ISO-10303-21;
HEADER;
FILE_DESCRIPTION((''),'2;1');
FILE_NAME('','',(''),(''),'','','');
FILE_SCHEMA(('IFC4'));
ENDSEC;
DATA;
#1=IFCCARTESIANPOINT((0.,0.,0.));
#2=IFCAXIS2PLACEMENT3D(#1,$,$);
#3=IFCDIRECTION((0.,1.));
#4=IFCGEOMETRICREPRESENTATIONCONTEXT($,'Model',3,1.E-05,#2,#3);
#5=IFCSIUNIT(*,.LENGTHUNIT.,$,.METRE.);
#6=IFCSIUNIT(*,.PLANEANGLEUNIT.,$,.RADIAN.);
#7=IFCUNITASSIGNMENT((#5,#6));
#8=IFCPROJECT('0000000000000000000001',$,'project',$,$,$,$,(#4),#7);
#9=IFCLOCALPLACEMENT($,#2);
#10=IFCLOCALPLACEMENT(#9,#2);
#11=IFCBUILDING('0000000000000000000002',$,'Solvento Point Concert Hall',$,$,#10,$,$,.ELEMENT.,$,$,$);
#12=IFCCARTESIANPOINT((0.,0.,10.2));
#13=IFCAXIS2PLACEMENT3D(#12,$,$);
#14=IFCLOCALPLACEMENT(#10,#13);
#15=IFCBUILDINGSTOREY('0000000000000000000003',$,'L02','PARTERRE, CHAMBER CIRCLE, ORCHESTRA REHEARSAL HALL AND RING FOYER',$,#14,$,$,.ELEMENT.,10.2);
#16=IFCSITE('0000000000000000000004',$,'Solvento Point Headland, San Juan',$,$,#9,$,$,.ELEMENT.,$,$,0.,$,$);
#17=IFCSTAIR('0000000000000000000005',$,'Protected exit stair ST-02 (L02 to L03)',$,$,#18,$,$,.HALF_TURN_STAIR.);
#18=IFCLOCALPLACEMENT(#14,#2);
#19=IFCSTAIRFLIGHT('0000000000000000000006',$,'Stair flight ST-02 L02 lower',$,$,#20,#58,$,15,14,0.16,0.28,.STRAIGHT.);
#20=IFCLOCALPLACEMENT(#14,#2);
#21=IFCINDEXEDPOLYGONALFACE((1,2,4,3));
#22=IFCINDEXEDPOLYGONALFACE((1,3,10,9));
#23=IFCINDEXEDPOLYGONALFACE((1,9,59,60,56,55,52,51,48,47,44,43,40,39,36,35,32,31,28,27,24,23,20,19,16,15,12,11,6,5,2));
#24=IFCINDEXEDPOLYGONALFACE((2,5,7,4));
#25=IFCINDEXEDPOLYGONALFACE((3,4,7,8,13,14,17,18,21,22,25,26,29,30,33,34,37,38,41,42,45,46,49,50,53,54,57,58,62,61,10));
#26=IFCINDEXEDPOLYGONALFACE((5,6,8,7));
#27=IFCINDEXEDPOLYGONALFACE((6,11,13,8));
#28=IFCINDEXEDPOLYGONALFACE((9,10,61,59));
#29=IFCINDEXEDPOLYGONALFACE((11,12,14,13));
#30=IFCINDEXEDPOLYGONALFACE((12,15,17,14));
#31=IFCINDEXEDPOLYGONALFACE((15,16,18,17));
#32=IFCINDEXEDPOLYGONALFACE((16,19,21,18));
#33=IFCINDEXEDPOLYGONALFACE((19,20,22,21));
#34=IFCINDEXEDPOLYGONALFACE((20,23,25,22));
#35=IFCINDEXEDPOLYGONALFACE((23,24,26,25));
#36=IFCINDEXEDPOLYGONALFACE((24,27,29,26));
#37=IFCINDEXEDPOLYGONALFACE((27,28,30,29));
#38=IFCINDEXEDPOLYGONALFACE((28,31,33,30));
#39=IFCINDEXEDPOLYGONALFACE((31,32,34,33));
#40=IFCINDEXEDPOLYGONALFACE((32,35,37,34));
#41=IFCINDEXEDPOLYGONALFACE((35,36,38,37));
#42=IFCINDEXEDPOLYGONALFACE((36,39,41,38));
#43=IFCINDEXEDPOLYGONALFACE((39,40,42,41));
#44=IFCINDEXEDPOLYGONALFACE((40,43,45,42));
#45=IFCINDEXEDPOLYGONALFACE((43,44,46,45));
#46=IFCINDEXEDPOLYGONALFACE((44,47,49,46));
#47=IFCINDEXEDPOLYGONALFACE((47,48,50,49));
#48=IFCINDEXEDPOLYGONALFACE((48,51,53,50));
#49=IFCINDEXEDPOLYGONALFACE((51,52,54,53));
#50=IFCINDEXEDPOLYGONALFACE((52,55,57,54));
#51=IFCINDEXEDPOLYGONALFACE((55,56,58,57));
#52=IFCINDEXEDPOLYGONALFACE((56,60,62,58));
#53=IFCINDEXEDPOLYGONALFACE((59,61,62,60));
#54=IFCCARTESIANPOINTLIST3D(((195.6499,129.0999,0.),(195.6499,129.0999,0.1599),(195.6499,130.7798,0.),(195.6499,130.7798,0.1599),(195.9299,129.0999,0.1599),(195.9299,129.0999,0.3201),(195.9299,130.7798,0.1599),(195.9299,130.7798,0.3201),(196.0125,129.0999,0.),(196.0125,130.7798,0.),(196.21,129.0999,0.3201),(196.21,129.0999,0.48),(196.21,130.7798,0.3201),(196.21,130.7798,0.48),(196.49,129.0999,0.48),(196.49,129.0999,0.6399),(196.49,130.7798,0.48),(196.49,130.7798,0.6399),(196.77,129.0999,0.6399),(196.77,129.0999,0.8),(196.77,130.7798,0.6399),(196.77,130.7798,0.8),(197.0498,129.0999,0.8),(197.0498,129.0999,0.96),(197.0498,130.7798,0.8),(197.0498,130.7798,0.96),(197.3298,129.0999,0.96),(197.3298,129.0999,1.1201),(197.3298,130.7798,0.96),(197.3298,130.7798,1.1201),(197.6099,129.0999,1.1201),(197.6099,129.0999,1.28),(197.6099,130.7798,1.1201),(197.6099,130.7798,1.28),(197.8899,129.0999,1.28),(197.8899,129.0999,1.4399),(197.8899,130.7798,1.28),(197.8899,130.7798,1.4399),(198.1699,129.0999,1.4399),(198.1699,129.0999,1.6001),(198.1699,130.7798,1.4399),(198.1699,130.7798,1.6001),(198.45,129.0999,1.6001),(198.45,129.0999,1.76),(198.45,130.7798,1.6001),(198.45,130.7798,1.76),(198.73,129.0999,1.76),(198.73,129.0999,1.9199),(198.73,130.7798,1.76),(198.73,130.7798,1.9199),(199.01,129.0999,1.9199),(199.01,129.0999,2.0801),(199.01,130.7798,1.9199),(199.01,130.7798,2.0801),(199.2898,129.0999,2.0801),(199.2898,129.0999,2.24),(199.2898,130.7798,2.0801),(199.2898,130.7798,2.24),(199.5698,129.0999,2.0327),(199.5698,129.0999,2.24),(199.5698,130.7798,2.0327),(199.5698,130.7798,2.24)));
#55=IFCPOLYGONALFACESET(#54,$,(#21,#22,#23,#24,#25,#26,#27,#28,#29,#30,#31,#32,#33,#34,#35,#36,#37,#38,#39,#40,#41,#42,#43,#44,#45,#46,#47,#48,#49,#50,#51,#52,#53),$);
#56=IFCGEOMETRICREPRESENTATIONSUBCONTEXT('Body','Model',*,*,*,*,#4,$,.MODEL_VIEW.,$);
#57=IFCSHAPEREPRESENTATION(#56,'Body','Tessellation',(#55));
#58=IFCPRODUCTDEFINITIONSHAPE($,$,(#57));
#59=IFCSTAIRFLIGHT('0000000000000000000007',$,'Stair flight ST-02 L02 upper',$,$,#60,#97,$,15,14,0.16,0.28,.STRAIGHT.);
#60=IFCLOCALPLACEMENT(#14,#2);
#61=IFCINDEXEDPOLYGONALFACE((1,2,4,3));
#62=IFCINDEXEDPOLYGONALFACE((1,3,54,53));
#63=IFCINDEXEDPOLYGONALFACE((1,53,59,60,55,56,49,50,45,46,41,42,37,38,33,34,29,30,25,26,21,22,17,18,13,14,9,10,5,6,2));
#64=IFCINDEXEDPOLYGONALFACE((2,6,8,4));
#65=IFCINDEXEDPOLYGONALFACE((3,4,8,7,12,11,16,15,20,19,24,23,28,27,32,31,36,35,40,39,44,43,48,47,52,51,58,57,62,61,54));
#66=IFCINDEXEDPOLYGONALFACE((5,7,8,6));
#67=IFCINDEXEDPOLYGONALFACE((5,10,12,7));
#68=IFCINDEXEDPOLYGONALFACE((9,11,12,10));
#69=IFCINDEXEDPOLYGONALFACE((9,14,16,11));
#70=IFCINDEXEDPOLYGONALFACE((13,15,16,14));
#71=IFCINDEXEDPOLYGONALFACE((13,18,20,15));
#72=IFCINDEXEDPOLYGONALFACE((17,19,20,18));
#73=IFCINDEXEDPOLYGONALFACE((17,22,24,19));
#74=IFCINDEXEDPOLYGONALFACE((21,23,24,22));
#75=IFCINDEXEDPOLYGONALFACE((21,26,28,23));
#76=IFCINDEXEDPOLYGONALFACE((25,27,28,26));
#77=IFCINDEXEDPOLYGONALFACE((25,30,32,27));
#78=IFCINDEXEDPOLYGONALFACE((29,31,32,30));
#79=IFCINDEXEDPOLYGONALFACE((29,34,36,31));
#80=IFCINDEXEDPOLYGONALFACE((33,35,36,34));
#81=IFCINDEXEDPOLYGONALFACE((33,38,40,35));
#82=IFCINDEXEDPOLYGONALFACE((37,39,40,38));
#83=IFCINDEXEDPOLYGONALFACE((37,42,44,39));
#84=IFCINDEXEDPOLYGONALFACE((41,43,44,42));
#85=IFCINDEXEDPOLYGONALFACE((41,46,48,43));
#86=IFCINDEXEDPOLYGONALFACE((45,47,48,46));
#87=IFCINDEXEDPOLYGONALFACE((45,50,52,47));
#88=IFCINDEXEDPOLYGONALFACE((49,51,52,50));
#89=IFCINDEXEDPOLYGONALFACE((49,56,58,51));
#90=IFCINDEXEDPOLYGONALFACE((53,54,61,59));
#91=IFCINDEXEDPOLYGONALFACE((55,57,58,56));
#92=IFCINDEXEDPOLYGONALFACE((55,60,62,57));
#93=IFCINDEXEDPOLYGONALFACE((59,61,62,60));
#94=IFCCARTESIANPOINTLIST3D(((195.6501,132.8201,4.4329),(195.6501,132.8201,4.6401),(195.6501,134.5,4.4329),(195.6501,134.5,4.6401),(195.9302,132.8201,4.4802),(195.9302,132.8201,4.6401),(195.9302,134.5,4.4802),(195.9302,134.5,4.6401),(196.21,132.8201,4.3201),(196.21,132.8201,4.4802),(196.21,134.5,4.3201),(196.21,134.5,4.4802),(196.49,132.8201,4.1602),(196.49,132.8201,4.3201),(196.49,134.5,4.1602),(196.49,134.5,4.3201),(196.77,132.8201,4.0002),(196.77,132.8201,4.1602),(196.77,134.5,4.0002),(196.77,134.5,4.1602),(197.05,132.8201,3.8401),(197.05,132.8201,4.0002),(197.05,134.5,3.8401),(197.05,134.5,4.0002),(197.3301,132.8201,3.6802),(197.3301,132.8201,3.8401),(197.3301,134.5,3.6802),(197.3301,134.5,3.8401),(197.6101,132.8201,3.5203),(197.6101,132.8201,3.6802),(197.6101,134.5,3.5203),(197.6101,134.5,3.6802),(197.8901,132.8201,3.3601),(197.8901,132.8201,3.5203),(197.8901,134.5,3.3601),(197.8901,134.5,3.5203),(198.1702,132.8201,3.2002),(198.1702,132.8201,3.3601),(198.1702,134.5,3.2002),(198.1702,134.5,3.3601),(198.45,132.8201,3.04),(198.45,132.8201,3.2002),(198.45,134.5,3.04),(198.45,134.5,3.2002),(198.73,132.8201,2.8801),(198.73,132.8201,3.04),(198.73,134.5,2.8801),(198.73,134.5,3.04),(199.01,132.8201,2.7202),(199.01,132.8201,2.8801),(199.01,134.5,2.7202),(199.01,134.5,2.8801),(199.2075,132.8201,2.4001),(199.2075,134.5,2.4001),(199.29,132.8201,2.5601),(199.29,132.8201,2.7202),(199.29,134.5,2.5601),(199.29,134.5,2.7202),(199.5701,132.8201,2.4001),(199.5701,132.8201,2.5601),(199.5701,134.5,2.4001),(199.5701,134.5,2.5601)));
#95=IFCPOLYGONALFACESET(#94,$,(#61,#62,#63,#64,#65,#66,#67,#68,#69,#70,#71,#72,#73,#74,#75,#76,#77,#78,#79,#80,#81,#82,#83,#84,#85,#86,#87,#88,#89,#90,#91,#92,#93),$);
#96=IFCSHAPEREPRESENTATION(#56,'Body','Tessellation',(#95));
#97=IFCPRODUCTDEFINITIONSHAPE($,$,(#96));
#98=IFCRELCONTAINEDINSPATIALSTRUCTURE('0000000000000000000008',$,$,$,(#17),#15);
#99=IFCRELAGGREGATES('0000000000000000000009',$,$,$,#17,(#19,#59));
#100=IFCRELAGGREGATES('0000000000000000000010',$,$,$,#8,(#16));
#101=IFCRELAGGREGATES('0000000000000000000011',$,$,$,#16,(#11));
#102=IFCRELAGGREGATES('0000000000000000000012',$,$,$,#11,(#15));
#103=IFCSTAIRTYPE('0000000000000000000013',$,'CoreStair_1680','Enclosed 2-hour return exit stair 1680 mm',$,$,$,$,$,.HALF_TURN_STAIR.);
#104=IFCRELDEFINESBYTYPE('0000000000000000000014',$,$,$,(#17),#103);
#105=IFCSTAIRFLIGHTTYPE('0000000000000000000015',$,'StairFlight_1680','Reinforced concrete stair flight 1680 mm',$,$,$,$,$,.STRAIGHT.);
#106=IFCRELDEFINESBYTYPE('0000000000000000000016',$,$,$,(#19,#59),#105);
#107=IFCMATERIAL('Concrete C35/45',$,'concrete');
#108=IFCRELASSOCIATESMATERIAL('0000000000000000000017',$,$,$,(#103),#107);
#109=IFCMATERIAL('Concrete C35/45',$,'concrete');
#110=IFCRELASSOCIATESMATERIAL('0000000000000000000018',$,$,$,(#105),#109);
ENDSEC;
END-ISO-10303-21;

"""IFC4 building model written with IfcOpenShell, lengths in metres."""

from ifc_helpers import new_model, si_unit, direction, frame, origin, place, context, subcontext, project, spatial, polyline, outline, extrude, material, type_object, element, aggregate, save


model = new_model("IFC4")

# Units and contexts
model_context = context("Model", 3, precision=1e-05, world=origin(), true_north=direction((0.0, 1.0)))
body_context = subcontext(model_context, "Body", "Model", "MODEL_VIEW")
ifc_project = project(units=[si_unit("LENGTHUNIT", "METRE"), si_unit("PLANEANGLEUNIT", "RADIAN")], contexts=[model_context])

# Site, building, storey
site_placement = place(None, origin())
site = spatial("IfcSite", under=ifc_project, at=site_placement, Name="Solvento Point Headland, San Juan", CompositionType="ELEMENT", RefElevation=0.0)
building_placement = place(site_placement, origin())
building = spatial("IfcBuilding", under=site, at=building_placement, Name="Solvento Point Concert Hall", CompositionType="ELEMENT")
storey_placement = place(building_placement, frame((0.0, 0.0, 10.2)))
storey = spatial("IfcBuildingStorey", under=building, at=storey_placement, Name="L02", Description="PARTERRE, CHAMBER CIRCLE, ORCHESTRA REHEARSAL HALL AND RING FOYER", CompositionType="ELEMENT", Elevation=10.2)

# Stair, stair flights
ifc_material_1 = material(Name="Concrete C35/45", Category="concrete")
stair_type = type_object("IfcStairType", Name="CoreStair_1680", Description="Enclosed 2-hour return exit stair 1680 mm", PredefinedType="HALF_TURN_STAIR", material=ifc_material_1)
stair_placement = place(storey_placement, origin())
stair = element("IfcStair", 1, at=stair_placement, inside=storey, type_object=stair_type, Name="Protected exit stair ST-02 (L02 to L03)", PredefinedType="HALF_TURN_STAIR")
ifc_material_2 = material(Name="Concrete C35/45", Category="concrete")
stair_flight_type = type_object("IfcStairFlightType", Name="StairFlight_1680", Description="Reinforced concrete stair flight 1680 mm", PredefinedType="STRAIGHT", material=ifc_material_2)
stair_flight_1_placement = place(storey_placement, frame((195.6499, 129.9399, 0.0), z_axis=(0.0, 0.0, 1.0), x_axis=(1.0, 0.0, 0.0)))
stair_flight_1 = element("IfcStairFlight", 2, at=stair_flight_1_placement, type_object=stair_flight_type, Name="Stair flight ST-02 L02 lower", NumberOfRisers=15, NumberOfTreads=14, PredefinedType="STRAIGHT", RiserHeight=0.16, TreadLength=0.28, context=body_context, shape_type="SweptSolid", body=[
    extrude(outline(polyline([(0.0, 0.0), (0.0, 0.1599), (0.28, 0.1599), (0.28, 0.3201), (0.5601, 0.3201), (0.5601, 0.48), (0.8401, 0.48), (0.8401, 0.6399), (1.1201, 0.6399), (1.1201, 0.8), (1.3999, 0.8), (1.3999, 0.96), (1.6799, 0.96), (1.6799, 1.1201), (1.96, 1.1201), (1.96, 1.28), (2.24, 1.28), (2.24, 1.4399), (2.52, 1.4399), (2.52, 1.6001), (2.8, 1.6001), (2.8, 1.76), (3.0801, 1.76), (3.0801, 1.9199), (3.3601, 1.9199), (3.3601, 2.0801), (3.6399, 2.0801), (3.6399, 2.24), (3.9199, 2.24), (3.9199, 2.3999), (3.9199, 2.0327), (0.3625, 0.0), (0.0, 0.0)])), frame((0.0, 0.8398, 0.0), z_axis=(0.0, -1.0, 0.0), x_axis=(1.0, 0.0, 0.0)), (0.0, 0.0, 1.0), 1.6799),
])
stair_flight_2_placement = place(storey_placement, frame((199.5701, 133.6599, 2.4001), z_axis=(0.0, 0.0, 1.0), x_axis=(-1.0, 0.0, 0.0)))
stair_flight_2 = element("IfcStairFlight", 3, at=stair_flight_2_placement, type_object=stair_flight_type, Name="Stair flight ST-02 L02 upper", NumberOfRisers=15, NumberOfTreads=14, PredefinedType="STRAIGHT", RiserHeight=0.16, TreadLength=0.28, context=body_context, shape_type="SweptSolid", body=[
    extrude(outline(polyline([(0.0, 0.0), (0.0, 0.1599), (0.28, 0.1599), (0.28, 0.3201), (0.5601, 0.3201), (0.5601, 0.48), (0.8401, 0.48), (0.8401, 0.6399), (1.1201, 0.6399), (1.1201, 0.8), (1.3999, 0.8), (1.3999, 0.96), (1.6799, 0.96), (1.6799, 1.1201), (1.96, 1.1201), (1.96, 1.28), (2.24, 1.28), (2.24, 1.4399), (2.52, 1.4399), (2.52, 1.6001), (2.8, 1.6001), (2.8, 1.76), (3.0801, 1.76), (3.0801, 1.9199), (3.3601, 1.9199), (3.3601, 2.0801), (3.6399, 2.0801), (3.6399, 2.24), (3.9199, 2.24), (3.9199, 2.3999), (3.9199, 2.0327), (0.3625, 0.0), (0.0, 0.0)])), frame((0.0, 0.8398, 0.0), z_axis=(0.0, -1.0, 0.0), x_axis=(1.0, 0.0, 0.0)), (0.0, 0.0, 1.0), 1.6799),
])
aggregate(stair, [stair_flight_1, stair_flight_2])

save(model, "model.ifc")
